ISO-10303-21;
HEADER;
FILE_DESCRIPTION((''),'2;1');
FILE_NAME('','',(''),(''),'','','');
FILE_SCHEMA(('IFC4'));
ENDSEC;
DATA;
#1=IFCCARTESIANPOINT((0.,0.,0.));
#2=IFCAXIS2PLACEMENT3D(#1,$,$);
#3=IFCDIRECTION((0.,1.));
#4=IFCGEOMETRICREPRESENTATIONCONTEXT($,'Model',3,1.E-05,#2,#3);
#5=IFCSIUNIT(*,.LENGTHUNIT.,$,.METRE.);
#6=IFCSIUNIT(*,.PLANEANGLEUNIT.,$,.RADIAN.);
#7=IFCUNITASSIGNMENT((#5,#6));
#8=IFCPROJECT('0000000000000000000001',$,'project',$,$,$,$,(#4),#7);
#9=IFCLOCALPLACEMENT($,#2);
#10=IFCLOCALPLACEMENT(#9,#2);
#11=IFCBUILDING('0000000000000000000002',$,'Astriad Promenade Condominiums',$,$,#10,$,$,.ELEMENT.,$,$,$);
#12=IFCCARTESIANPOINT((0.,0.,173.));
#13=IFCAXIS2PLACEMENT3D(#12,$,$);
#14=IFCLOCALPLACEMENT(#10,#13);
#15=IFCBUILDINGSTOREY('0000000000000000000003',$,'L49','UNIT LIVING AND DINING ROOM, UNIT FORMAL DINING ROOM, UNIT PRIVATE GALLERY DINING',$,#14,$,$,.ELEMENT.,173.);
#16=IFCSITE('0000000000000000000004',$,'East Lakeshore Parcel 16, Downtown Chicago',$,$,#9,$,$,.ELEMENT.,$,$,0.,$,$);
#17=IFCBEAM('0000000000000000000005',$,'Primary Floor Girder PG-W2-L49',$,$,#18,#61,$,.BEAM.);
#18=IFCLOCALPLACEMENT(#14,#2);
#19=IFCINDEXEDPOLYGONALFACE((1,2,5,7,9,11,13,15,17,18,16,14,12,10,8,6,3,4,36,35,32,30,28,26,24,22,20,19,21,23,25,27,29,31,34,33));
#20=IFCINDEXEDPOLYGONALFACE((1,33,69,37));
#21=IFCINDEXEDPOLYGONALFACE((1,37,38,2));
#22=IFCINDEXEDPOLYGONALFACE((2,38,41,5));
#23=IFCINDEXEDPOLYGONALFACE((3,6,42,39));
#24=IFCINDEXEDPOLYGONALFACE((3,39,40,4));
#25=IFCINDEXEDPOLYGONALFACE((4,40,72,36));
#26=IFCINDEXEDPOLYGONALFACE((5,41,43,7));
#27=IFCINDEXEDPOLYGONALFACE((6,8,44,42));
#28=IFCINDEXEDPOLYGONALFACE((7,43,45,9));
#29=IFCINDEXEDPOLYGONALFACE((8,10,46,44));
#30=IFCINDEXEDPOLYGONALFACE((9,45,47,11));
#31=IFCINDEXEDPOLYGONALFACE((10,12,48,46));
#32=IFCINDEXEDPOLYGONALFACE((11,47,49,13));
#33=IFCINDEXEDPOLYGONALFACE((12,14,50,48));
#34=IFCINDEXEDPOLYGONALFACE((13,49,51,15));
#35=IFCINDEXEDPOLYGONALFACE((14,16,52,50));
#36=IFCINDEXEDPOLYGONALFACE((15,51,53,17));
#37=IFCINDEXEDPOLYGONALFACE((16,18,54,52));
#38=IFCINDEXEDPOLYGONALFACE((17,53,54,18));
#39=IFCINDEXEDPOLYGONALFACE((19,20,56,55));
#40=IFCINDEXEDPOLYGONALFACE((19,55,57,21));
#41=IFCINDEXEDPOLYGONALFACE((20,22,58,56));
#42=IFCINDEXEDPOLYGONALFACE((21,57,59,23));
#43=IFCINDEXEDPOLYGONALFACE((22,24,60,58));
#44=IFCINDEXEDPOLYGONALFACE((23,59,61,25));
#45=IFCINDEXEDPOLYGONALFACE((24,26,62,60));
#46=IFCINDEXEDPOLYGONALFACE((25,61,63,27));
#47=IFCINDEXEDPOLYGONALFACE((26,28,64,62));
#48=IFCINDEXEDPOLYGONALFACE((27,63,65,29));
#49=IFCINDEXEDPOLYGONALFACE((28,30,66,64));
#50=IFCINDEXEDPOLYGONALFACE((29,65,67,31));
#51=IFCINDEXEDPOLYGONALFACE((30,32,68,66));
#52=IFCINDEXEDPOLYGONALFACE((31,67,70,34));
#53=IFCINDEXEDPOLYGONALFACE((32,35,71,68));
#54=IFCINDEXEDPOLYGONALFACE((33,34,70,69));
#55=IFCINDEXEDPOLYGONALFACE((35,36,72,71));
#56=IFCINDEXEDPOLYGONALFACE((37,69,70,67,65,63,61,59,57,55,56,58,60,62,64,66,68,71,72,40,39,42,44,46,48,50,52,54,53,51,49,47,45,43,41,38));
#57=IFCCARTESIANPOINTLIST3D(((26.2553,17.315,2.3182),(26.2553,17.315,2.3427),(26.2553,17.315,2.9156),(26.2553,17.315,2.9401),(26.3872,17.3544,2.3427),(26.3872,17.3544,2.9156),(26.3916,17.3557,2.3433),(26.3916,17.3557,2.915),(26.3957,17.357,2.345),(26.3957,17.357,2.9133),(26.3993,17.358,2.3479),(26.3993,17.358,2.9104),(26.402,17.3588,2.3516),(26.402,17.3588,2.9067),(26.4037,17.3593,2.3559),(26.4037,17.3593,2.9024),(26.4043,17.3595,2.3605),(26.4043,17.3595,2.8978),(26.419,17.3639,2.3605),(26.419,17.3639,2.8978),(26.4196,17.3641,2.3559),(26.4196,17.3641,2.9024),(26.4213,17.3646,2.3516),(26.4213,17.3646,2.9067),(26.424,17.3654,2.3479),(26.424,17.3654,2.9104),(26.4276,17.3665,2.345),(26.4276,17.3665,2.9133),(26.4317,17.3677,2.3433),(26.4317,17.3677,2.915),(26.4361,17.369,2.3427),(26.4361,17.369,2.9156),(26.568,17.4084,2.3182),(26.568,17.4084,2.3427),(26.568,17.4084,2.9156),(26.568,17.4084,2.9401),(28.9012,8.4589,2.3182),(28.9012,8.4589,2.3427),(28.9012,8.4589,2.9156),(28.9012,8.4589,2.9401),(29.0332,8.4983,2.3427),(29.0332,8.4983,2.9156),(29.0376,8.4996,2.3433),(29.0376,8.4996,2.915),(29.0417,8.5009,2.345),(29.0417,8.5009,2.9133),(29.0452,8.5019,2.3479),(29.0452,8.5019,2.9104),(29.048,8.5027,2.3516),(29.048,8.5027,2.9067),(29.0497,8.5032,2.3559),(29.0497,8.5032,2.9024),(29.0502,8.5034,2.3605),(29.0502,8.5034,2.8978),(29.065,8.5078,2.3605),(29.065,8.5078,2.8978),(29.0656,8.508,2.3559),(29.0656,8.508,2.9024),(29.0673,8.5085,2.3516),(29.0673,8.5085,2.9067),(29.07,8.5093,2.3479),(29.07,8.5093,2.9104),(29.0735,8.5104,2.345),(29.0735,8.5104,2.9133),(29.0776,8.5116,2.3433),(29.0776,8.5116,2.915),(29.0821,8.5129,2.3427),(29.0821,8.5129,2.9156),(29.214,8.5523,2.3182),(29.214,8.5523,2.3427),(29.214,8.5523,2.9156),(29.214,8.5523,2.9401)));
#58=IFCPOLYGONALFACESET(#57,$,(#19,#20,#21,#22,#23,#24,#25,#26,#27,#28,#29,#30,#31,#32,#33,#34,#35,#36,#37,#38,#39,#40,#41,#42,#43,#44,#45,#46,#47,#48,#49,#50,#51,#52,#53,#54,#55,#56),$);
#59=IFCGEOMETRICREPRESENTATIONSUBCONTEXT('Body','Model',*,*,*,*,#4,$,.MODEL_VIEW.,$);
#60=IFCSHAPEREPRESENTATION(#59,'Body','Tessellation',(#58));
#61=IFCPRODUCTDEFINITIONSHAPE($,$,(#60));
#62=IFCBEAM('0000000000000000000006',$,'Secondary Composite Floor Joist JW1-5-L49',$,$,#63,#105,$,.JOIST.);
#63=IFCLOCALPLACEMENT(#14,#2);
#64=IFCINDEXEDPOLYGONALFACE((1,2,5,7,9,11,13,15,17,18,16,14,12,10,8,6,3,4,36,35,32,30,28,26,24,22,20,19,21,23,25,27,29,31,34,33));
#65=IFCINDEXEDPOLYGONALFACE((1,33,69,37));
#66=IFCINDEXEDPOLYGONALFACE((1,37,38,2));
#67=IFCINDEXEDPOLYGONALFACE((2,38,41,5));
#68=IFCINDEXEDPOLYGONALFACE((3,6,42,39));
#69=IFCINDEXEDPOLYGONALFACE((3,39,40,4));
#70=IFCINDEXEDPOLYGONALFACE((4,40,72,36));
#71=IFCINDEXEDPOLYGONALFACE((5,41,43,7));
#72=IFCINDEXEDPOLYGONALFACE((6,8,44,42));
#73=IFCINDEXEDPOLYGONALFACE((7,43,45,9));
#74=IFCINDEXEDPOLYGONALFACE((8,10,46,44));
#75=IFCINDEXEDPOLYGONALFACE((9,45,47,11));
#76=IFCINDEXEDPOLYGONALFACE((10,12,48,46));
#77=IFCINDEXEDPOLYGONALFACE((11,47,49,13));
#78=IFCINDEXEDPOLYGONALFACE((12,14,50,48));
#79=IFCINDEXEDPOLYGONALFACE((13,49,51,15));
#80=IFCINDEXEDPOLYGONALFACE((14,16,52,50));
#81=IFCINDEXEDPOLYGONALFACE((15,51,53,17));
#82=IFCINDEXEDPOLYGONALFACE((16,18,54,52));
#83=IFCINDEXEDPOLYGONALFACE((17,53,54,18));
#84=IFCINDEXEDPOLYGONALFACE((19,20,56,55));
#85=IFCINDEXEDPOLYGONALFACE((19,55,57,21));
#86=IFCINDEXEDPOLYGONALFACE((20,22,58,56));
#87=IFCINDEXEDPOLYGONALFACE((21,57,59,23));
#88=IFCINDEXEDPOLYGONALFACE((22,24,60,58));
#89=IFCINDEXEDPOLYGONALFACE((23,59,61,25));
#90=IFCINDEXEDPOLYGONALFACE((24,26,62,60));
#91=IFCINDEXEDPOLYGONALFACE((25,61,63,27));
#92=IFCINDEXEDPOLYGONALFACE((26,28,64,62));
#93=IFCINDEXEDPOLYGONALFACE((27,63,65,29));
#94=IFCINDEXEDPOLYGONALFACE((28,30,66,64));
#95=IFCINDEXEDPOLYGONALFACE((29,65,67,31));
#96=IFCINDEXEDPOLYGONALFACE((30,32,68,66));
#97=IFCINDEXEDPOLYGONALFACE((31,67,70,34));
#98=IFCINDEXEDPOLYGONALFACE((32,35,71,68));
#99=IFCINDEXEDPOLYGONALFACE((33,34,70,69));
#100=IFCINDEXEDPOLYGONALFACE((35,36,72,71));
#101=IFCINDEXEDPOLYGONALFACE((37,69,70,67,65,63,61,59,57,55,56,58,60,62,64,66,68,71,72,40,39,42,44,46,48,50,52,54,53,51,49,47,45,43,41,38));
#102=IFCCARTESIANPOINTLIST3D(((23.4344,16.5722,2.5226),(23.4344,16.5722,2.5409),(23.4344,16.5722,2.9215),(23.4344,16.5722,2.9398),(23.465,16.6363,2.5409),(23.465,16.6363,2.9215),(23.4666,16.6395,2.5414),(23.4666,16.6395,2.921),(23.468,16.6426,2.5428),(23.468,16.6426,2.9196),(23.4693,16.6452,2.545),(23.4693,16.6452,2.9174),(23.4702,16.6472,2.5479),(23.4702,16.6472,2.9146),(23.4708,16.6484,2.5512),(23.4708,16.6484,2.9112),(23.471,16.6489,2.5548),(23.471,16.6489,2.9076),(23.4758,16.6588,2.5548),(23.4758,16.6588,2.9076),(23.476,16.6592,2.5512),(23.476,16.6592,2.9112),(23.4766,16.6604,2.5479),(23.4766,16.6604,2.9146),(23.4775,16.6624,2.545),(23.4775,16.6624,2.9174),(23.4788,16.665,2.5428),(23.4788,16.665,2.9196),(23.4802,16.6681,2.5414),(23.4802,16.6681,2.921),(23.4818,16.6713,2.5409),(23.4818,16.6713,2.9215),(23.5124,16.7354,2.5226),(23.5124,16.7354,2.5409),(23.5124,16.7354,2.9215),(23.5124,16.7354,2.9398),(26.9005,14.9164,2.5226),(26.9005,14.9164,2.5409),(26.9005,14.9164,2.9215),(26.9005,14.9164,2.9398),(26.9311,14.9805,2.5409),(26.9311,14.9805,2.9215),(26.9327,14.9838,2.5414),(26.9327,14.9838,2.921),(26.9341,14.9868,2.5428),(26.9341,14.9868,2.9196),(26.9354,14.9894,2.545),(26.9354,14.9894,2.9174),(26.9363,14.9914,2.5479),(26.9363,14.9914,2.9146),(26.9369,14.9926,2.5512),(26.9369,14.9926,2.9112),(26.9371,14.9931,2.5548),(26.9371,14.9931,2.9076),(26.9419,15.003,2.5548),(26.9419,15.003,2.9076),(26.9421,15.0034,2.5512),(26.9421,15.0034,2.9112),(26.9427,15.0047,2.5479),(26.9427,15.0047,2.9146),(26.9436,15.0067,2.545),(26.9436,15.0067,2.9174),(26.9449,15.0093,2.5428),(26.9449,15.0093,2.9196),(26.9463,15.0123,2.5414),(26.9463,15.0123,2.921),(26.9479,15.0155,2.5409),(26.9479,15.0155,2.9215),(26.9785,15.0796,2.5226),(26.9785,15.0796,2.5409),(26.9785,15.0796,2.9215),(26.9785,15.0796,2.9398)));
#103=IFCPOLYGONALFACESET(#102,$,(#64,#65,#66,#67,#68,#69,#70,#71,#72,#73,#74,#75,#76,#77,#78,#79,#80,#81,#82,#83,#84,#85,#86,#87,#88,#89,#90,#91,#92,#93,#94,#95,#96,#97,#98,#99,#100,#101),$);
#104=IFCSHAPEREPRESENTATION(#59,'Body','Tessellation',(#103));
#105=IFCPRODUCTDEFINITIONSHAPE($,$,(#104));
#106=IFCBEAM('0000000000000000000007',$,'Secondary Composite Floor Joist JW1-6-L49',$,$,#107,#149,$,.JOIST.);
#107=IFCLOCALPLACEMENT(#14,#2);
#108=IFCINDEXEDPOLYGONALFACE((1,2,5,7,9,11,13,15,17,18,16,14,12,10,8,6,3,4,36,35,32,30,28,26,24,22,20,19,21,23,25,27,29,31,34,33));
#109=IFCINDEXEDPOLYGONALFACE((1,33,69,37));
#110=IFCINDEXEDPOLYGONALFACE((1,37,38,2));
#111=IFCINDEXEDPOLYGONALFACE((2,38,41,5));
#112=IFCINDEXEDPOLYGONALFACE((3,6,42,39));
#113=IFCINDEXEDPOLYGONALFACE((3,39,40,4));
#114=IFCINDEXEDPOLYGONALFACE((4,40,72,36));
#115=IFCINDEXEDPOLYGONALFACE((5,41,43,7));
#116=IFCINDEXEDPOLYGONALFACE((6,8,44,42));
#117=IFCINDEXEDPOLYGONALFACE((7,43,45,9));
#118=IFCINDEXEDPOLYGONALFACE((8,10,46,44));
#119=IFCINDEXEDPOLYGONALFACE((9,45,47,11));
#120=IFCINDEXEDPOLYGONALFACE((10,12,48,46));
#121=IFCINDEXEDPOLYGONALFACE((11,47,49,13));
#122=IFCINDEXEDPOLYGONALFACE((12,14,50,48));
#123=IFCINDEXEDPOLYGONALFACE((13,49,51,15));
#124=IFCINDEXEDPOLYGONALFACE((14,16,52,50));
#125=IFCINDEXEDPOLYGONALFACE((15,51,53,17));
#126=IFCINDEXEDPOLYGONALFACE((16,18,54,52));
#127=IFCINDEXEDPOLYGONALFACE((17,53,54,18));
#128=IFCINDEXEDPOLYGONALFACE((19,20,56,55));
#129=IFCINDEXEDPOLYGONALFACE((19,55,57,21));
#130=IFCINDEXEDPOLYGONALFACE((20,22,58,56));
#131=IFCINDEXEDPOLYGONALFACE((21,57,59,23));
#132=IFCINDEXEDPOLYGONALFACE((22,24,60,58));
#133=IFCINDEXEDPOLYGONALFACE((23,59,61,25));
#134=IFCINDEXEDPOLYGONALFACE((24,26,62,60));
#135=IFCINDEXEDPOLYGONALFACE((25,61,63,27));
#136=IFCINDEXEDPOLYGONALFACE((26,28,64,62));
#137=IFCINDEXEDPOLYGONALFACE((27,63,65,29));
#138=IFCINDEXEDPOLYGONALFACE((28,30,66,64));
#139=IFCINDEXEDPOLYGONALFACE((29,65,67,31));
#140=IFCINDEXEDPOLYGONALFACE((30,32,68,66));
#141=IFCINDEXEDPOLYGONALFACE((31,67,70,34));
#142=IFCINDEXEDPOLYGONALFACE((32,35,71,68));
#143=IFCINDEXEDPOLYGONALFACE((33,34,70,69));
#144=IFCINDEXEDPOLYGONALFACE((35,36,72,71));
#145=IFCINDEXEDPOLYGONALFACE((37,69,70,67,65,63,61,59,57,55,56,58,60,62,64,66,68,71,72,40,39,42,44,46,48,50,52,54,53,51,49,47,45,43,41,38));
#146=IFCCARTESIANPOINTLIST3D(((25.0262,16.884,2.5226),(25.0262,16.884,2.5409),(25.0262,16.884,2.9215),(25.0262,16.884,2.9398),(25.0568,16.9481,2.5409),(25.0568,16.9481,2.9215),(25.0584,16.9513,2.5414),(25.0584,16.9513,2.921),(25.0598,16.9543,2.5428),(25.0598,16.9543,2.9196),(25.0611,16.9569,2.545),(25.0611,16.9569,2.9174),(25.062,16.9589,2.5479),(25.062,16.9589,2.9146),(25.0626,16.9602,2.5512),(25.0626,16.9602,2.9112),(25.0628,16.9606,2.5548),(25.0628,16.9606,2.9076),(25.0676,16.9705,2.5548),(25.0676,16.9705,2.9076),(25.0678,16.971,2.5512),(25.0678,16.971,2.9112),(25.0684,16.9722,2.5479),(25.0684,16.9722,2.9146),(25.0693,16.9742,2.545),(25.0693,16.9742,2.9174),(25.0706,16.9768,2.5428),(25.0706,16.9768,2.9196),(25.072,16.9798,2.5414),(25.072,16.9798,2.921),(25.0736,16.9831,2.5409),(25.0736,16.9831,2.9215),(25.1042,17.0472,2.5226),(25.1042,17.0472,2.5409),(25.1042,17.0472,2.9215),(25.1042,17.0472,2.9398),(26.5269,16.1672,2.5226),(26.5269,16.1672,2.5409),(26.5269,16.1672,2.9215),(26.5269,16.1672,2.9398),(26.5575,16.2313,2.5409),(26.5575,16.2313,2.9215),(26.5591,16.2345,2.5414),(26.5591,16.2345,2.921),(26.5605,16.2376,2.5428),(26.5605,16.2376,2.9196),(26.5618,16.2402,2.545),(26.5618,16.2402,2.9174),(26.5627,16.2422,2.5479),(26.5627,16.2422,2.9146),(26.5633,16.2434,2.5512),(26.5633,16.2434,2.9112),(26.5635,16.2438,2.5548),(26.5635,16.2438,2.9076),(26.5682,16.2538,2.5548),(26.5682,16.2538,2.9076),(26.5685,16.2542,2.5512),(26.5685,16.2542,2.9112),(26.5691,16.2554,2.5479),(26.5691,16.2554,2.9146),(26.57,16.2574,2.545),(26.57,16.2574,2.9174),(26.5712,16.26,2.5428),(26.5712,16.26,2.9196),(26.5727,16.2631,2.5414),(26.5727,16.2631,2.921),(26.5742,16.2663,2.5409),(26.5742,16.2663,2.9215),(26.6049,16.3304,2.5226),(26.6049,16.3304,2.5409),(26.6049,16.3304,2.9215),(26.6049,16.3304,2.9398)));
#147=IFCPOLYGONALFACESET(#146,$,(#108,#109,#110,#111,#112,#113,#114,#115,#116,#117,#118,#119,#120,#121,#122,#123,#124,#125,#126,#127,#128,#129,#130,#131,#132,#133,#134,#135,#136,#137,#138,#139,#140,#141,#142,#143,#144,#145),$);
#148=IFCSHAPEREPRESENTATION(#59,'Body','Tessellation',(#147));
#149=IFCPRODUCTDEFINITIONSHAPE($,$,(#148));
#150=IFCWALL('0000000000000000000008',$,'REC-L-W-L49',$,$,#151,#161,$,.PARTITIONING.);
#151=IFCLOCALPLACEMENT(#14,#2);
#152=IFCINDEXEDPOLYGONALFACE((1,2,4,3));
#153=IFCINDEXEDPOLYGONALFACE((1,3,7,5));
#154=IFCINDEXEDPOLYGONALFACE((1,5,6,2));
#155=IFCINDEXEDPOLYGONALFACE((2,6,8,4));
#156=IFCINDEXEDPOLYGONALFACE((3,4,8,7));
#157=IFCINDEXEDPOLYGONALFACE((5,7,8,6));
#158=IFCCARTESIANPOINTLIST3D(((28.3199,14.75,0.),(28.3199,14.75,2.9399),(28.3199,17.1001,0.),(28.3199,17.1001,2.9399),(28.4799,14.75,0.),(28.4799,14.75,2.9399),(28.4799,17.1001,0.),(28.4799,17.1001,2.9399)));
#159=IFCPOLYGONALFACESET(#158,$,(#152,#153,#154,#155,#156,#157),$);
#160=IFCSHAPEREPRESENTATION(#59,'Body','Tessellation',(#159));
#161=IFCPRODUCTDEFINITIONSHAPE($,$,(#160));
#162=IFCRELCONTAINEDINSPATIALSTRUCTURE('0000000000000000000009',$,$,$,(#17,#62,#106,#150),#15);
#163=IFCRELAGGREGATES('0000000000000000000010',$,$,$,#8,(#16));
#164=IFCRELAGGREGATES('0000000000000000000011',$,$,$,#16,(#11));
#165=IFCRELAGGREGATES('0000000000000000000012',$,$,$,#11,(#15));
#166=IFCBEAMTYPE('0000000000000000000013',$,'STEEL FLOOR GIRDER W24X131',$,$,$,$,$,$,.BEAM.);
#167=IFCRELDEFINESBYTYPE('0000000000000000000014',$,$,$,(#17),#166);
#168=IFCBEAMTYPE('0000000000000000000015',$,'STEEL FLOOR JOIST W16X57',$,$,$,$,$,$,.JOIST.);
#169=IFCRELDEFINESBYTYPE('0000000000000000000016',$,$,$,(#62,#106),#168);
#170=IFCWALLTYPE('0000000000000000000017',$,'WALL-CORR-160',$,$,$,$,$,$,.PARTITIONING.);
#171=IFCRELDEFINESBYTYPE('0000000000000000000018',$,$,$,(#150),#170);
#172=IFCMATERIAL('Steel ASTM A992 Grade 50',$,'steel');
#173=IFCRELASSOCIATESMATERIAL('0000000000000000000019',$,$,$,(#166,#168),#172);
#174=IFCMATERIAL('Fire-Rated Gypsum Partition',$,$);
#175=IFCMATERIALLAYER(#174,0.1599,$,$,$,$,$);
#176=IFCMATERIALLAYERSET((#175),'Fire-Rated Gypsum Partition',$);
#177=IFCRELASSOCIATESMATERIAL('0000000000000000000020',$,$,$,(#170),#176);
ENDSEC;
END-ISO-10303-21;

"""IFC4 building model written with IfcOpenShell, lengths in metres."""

from ifc_helpers import new_model, si_unit, direction, frame, frame_2d, origin, origin_2d, place, context, subcontext, project, spatial, rectangle, i_section, extrude, source, transform, mapped, material, layer, layer_set, material_profile, profile_set, type_object, type_shapes, element, save


model = new_model("IFC4")

# Units and contexts
model_context = context("Model", 3, precision=1e-05, world=origin(), true_north=direction((0.0, 1.0)))
body_context = subcontext(model_context, "Body", "Model", "MODEL_VIEW")
ifc_project = project(units=[si_unit("LENGTHUNIT", "METRE"), si_unit("PLANEANGLEUNIT", "RADIAN")], contexts=[model_context])

# Site, building, storey
site_placement = place(None, origin())
site = spatial("IfcSite", under=ifc_project, at=site_placement, Name="East Lakeshore Parcel 16, Downtown Chicago", CompositionType="ELEMENT", RefElevation=0.0)
building_placement = place(site_placement, origin())
building = spatial("IfcBuilding", under=site, at=building_placement, Name="Astriad Promenade Condominiums", CompositionType="ELEMENT")
storey_placement = place(building_placement, frame((0.0, 0.0, 173.0)))
storey = spatial("IfcBuildingStorey", under=building, at=storey_placement, Name="L49", Description="UNIT LIVING AND DINING ROOM, UNIT FORMAL DINING ROOM, UNIT PRIVATE GALLERY DINING", CompositionType="ELEMENT", Elevation=173.0)

# Shared definitions
ifc_material_1 = material(Name="Steel ASTM A992 Grade 50", Category="steel")

# Beams
ifc_material_profile_1 = material_profile(ifc_material_1, i_section(OverallWidth=0.3264, OverallDepth=0.6218, WebThickness=0.0154, FlangeThickness=0.0244, FilletRadius=0.0178, at=origin_2d()), Name="W24X131")
ifc_profile_set_1 = profile_set([ifc_material_profile_1], Name="Steel ASTM A992 Grade 50")
beam_type_1 = type_object("IfcBeamType", Name="STEEL FLOOR GIRDER W24X131", PredefinedType="BEAM", material=ifc_profile_set_1)
shared_shape_1 = source(origin(), body_context, "Body", "SweptSolid", [
    extrude(i_section(OverallWidth=0.3264, OverallDepth=0.6218, WebThickness=0.0154, FlangeThickness=0.0244, FilletRadius=0.0178, at=origin_2d()), origin(), (0.0, 0.0, 1.0), 9.2429),
])
type_shapes(beam_type_1, [shared_shape_1])
beam_1_placement = place(storey_placement, frame((29.0576, 8.5056, 2.6292), z_axis=(-0.286269, 0.958149, 0.0), x_axis=(-0.958149, -0.286269, 0.0)))
element("IfcBeam", 1, at=beam_1_placement, inside=storey, type_object=beam_type_1, Name="Primary Floor Girder PG-W2-L49", PredefinedType="BEAM", context=body_context, shape_type="MappedRepresentation", body=[
    mapped(shared_shape_1, transform((0.0, 0.0, 0.0), scale=1.0)),
])
ifc_material_profile_2 = material_profile(ifc_material_1, i_section(OverallWidth=0.1809, OverallDepth=0.4172, WebThickness=0.011, FlangeThickness=0.0183, FilletRadius=0.0139, at=origin_2d()), Name="W16X57")
ifc_profile_set_2 = profile_set([ifc_material_profile_2], Name="Steel ASTM A992 Grade 50")
beam_type_2 = type_object("IfcBeamType", Name="STEEL FLOOR JOIST W16X57", PredefinedType="JOIST", material=ifc_profile_set_2)
shared_shape_2 = source(origin(), body_context, "Body", "SweptSolid", [
    extrude(i_section(OverallWidth=0.1809, OverallDepth=0.4172, WebThickness=0.011, FlangeThickness=0.0183, FilletRadius=0.0139, at=origin_2d()), origin(), (0.0, 0.0, 1.0), 3.8413),
])
beam_2_placement = place(storey_placement, frame((23.4734, 16.6538, 2.7312), z_axis=(0.902329, -0.431048, 0.0), x_axis=(0.431048, 0.902329, 0.0)))
element("IfcBeam", 2, at=beam_2_placement, inside=storey, type_object=beam_type_2, Name="Secondary Composite Floor Joist JW1-5-L49", PredefinedType="JOIST", context=body_context, shape_type="MappedRepresentation", body=[
    mapped(shared_shape_2, transform((0.0, 0.0, 0.0), scale=1.0)),
])
shared_shape_3 = source(origin(), body_context, "Body", "SweptSolid", [
    extrude(i_section(OverallWidth=0.1809, OverallDepth=0.4172, WebThickness=0.011, FlangeThickness=0.0183, FilletRadius=0.0139, at=origin_2d()), origin(), (0.0, 0.0, 1.0), 1.6631),
])
type_shapes(beam_type_2, [shared_shape_2, shared_shape_3])
beam_3_placement = place(storey_placement, frame((25.0652, 16.9656, 2.7312), z_axis=(0.902355, -0.430993, 0.0), x_axis=(0.430993, 0.902355, 0.0)))
element("IfcBeam", 3, at=beam_3_placement, inside=storey, type_object=beam_type_2, Name="Secondary Composite Floor Joist JW1-6-L49", PredefinedType="JOIST", context=body_context, shape_type="MappedRepresentation", body=[
    mapped(shared_shape_3, transform((0.0, 0.0, 0.0), scale=1.0)),
])

# Wall
ifc_material_2 = material(Name="Fire-Rated Gypsum Partition")
ifc_layer_1 = layer(ifc_material_2, 0.1599)
ifc_layer_set_1 = layer_set([ifc_layer_1], Name="Fire-Rated Gypsum Partition")
wall_type_1 = type_object("IfcWallType", Name="WALL-CORR-160", PredefinedType="PARTITIONING", material=ifc_layer_set_1)
wall_1_placement = place(storey_placement, frame((28.3999, 14.75, 0.0), z_axis=(0.0, 0.0, 1.0), x_axis=(0.0, 1.0, 0.0)))
element("IfcWall", 4, at=wall_1_placement, inside=storey, type_object=wall_type_1, Name="REC-L-W-L49", PredefinedType="PARTITIONING", context=body_context, shape_type="SweptSolid", body=[
    extrude(rectangle(XDim=2.3501, YDim=0.1599, at=frame_2d((1.175, 0.0))), origin(), (0.0, 0.0, 1.0), 2.9399),
])

save(model, "model.ifc")
